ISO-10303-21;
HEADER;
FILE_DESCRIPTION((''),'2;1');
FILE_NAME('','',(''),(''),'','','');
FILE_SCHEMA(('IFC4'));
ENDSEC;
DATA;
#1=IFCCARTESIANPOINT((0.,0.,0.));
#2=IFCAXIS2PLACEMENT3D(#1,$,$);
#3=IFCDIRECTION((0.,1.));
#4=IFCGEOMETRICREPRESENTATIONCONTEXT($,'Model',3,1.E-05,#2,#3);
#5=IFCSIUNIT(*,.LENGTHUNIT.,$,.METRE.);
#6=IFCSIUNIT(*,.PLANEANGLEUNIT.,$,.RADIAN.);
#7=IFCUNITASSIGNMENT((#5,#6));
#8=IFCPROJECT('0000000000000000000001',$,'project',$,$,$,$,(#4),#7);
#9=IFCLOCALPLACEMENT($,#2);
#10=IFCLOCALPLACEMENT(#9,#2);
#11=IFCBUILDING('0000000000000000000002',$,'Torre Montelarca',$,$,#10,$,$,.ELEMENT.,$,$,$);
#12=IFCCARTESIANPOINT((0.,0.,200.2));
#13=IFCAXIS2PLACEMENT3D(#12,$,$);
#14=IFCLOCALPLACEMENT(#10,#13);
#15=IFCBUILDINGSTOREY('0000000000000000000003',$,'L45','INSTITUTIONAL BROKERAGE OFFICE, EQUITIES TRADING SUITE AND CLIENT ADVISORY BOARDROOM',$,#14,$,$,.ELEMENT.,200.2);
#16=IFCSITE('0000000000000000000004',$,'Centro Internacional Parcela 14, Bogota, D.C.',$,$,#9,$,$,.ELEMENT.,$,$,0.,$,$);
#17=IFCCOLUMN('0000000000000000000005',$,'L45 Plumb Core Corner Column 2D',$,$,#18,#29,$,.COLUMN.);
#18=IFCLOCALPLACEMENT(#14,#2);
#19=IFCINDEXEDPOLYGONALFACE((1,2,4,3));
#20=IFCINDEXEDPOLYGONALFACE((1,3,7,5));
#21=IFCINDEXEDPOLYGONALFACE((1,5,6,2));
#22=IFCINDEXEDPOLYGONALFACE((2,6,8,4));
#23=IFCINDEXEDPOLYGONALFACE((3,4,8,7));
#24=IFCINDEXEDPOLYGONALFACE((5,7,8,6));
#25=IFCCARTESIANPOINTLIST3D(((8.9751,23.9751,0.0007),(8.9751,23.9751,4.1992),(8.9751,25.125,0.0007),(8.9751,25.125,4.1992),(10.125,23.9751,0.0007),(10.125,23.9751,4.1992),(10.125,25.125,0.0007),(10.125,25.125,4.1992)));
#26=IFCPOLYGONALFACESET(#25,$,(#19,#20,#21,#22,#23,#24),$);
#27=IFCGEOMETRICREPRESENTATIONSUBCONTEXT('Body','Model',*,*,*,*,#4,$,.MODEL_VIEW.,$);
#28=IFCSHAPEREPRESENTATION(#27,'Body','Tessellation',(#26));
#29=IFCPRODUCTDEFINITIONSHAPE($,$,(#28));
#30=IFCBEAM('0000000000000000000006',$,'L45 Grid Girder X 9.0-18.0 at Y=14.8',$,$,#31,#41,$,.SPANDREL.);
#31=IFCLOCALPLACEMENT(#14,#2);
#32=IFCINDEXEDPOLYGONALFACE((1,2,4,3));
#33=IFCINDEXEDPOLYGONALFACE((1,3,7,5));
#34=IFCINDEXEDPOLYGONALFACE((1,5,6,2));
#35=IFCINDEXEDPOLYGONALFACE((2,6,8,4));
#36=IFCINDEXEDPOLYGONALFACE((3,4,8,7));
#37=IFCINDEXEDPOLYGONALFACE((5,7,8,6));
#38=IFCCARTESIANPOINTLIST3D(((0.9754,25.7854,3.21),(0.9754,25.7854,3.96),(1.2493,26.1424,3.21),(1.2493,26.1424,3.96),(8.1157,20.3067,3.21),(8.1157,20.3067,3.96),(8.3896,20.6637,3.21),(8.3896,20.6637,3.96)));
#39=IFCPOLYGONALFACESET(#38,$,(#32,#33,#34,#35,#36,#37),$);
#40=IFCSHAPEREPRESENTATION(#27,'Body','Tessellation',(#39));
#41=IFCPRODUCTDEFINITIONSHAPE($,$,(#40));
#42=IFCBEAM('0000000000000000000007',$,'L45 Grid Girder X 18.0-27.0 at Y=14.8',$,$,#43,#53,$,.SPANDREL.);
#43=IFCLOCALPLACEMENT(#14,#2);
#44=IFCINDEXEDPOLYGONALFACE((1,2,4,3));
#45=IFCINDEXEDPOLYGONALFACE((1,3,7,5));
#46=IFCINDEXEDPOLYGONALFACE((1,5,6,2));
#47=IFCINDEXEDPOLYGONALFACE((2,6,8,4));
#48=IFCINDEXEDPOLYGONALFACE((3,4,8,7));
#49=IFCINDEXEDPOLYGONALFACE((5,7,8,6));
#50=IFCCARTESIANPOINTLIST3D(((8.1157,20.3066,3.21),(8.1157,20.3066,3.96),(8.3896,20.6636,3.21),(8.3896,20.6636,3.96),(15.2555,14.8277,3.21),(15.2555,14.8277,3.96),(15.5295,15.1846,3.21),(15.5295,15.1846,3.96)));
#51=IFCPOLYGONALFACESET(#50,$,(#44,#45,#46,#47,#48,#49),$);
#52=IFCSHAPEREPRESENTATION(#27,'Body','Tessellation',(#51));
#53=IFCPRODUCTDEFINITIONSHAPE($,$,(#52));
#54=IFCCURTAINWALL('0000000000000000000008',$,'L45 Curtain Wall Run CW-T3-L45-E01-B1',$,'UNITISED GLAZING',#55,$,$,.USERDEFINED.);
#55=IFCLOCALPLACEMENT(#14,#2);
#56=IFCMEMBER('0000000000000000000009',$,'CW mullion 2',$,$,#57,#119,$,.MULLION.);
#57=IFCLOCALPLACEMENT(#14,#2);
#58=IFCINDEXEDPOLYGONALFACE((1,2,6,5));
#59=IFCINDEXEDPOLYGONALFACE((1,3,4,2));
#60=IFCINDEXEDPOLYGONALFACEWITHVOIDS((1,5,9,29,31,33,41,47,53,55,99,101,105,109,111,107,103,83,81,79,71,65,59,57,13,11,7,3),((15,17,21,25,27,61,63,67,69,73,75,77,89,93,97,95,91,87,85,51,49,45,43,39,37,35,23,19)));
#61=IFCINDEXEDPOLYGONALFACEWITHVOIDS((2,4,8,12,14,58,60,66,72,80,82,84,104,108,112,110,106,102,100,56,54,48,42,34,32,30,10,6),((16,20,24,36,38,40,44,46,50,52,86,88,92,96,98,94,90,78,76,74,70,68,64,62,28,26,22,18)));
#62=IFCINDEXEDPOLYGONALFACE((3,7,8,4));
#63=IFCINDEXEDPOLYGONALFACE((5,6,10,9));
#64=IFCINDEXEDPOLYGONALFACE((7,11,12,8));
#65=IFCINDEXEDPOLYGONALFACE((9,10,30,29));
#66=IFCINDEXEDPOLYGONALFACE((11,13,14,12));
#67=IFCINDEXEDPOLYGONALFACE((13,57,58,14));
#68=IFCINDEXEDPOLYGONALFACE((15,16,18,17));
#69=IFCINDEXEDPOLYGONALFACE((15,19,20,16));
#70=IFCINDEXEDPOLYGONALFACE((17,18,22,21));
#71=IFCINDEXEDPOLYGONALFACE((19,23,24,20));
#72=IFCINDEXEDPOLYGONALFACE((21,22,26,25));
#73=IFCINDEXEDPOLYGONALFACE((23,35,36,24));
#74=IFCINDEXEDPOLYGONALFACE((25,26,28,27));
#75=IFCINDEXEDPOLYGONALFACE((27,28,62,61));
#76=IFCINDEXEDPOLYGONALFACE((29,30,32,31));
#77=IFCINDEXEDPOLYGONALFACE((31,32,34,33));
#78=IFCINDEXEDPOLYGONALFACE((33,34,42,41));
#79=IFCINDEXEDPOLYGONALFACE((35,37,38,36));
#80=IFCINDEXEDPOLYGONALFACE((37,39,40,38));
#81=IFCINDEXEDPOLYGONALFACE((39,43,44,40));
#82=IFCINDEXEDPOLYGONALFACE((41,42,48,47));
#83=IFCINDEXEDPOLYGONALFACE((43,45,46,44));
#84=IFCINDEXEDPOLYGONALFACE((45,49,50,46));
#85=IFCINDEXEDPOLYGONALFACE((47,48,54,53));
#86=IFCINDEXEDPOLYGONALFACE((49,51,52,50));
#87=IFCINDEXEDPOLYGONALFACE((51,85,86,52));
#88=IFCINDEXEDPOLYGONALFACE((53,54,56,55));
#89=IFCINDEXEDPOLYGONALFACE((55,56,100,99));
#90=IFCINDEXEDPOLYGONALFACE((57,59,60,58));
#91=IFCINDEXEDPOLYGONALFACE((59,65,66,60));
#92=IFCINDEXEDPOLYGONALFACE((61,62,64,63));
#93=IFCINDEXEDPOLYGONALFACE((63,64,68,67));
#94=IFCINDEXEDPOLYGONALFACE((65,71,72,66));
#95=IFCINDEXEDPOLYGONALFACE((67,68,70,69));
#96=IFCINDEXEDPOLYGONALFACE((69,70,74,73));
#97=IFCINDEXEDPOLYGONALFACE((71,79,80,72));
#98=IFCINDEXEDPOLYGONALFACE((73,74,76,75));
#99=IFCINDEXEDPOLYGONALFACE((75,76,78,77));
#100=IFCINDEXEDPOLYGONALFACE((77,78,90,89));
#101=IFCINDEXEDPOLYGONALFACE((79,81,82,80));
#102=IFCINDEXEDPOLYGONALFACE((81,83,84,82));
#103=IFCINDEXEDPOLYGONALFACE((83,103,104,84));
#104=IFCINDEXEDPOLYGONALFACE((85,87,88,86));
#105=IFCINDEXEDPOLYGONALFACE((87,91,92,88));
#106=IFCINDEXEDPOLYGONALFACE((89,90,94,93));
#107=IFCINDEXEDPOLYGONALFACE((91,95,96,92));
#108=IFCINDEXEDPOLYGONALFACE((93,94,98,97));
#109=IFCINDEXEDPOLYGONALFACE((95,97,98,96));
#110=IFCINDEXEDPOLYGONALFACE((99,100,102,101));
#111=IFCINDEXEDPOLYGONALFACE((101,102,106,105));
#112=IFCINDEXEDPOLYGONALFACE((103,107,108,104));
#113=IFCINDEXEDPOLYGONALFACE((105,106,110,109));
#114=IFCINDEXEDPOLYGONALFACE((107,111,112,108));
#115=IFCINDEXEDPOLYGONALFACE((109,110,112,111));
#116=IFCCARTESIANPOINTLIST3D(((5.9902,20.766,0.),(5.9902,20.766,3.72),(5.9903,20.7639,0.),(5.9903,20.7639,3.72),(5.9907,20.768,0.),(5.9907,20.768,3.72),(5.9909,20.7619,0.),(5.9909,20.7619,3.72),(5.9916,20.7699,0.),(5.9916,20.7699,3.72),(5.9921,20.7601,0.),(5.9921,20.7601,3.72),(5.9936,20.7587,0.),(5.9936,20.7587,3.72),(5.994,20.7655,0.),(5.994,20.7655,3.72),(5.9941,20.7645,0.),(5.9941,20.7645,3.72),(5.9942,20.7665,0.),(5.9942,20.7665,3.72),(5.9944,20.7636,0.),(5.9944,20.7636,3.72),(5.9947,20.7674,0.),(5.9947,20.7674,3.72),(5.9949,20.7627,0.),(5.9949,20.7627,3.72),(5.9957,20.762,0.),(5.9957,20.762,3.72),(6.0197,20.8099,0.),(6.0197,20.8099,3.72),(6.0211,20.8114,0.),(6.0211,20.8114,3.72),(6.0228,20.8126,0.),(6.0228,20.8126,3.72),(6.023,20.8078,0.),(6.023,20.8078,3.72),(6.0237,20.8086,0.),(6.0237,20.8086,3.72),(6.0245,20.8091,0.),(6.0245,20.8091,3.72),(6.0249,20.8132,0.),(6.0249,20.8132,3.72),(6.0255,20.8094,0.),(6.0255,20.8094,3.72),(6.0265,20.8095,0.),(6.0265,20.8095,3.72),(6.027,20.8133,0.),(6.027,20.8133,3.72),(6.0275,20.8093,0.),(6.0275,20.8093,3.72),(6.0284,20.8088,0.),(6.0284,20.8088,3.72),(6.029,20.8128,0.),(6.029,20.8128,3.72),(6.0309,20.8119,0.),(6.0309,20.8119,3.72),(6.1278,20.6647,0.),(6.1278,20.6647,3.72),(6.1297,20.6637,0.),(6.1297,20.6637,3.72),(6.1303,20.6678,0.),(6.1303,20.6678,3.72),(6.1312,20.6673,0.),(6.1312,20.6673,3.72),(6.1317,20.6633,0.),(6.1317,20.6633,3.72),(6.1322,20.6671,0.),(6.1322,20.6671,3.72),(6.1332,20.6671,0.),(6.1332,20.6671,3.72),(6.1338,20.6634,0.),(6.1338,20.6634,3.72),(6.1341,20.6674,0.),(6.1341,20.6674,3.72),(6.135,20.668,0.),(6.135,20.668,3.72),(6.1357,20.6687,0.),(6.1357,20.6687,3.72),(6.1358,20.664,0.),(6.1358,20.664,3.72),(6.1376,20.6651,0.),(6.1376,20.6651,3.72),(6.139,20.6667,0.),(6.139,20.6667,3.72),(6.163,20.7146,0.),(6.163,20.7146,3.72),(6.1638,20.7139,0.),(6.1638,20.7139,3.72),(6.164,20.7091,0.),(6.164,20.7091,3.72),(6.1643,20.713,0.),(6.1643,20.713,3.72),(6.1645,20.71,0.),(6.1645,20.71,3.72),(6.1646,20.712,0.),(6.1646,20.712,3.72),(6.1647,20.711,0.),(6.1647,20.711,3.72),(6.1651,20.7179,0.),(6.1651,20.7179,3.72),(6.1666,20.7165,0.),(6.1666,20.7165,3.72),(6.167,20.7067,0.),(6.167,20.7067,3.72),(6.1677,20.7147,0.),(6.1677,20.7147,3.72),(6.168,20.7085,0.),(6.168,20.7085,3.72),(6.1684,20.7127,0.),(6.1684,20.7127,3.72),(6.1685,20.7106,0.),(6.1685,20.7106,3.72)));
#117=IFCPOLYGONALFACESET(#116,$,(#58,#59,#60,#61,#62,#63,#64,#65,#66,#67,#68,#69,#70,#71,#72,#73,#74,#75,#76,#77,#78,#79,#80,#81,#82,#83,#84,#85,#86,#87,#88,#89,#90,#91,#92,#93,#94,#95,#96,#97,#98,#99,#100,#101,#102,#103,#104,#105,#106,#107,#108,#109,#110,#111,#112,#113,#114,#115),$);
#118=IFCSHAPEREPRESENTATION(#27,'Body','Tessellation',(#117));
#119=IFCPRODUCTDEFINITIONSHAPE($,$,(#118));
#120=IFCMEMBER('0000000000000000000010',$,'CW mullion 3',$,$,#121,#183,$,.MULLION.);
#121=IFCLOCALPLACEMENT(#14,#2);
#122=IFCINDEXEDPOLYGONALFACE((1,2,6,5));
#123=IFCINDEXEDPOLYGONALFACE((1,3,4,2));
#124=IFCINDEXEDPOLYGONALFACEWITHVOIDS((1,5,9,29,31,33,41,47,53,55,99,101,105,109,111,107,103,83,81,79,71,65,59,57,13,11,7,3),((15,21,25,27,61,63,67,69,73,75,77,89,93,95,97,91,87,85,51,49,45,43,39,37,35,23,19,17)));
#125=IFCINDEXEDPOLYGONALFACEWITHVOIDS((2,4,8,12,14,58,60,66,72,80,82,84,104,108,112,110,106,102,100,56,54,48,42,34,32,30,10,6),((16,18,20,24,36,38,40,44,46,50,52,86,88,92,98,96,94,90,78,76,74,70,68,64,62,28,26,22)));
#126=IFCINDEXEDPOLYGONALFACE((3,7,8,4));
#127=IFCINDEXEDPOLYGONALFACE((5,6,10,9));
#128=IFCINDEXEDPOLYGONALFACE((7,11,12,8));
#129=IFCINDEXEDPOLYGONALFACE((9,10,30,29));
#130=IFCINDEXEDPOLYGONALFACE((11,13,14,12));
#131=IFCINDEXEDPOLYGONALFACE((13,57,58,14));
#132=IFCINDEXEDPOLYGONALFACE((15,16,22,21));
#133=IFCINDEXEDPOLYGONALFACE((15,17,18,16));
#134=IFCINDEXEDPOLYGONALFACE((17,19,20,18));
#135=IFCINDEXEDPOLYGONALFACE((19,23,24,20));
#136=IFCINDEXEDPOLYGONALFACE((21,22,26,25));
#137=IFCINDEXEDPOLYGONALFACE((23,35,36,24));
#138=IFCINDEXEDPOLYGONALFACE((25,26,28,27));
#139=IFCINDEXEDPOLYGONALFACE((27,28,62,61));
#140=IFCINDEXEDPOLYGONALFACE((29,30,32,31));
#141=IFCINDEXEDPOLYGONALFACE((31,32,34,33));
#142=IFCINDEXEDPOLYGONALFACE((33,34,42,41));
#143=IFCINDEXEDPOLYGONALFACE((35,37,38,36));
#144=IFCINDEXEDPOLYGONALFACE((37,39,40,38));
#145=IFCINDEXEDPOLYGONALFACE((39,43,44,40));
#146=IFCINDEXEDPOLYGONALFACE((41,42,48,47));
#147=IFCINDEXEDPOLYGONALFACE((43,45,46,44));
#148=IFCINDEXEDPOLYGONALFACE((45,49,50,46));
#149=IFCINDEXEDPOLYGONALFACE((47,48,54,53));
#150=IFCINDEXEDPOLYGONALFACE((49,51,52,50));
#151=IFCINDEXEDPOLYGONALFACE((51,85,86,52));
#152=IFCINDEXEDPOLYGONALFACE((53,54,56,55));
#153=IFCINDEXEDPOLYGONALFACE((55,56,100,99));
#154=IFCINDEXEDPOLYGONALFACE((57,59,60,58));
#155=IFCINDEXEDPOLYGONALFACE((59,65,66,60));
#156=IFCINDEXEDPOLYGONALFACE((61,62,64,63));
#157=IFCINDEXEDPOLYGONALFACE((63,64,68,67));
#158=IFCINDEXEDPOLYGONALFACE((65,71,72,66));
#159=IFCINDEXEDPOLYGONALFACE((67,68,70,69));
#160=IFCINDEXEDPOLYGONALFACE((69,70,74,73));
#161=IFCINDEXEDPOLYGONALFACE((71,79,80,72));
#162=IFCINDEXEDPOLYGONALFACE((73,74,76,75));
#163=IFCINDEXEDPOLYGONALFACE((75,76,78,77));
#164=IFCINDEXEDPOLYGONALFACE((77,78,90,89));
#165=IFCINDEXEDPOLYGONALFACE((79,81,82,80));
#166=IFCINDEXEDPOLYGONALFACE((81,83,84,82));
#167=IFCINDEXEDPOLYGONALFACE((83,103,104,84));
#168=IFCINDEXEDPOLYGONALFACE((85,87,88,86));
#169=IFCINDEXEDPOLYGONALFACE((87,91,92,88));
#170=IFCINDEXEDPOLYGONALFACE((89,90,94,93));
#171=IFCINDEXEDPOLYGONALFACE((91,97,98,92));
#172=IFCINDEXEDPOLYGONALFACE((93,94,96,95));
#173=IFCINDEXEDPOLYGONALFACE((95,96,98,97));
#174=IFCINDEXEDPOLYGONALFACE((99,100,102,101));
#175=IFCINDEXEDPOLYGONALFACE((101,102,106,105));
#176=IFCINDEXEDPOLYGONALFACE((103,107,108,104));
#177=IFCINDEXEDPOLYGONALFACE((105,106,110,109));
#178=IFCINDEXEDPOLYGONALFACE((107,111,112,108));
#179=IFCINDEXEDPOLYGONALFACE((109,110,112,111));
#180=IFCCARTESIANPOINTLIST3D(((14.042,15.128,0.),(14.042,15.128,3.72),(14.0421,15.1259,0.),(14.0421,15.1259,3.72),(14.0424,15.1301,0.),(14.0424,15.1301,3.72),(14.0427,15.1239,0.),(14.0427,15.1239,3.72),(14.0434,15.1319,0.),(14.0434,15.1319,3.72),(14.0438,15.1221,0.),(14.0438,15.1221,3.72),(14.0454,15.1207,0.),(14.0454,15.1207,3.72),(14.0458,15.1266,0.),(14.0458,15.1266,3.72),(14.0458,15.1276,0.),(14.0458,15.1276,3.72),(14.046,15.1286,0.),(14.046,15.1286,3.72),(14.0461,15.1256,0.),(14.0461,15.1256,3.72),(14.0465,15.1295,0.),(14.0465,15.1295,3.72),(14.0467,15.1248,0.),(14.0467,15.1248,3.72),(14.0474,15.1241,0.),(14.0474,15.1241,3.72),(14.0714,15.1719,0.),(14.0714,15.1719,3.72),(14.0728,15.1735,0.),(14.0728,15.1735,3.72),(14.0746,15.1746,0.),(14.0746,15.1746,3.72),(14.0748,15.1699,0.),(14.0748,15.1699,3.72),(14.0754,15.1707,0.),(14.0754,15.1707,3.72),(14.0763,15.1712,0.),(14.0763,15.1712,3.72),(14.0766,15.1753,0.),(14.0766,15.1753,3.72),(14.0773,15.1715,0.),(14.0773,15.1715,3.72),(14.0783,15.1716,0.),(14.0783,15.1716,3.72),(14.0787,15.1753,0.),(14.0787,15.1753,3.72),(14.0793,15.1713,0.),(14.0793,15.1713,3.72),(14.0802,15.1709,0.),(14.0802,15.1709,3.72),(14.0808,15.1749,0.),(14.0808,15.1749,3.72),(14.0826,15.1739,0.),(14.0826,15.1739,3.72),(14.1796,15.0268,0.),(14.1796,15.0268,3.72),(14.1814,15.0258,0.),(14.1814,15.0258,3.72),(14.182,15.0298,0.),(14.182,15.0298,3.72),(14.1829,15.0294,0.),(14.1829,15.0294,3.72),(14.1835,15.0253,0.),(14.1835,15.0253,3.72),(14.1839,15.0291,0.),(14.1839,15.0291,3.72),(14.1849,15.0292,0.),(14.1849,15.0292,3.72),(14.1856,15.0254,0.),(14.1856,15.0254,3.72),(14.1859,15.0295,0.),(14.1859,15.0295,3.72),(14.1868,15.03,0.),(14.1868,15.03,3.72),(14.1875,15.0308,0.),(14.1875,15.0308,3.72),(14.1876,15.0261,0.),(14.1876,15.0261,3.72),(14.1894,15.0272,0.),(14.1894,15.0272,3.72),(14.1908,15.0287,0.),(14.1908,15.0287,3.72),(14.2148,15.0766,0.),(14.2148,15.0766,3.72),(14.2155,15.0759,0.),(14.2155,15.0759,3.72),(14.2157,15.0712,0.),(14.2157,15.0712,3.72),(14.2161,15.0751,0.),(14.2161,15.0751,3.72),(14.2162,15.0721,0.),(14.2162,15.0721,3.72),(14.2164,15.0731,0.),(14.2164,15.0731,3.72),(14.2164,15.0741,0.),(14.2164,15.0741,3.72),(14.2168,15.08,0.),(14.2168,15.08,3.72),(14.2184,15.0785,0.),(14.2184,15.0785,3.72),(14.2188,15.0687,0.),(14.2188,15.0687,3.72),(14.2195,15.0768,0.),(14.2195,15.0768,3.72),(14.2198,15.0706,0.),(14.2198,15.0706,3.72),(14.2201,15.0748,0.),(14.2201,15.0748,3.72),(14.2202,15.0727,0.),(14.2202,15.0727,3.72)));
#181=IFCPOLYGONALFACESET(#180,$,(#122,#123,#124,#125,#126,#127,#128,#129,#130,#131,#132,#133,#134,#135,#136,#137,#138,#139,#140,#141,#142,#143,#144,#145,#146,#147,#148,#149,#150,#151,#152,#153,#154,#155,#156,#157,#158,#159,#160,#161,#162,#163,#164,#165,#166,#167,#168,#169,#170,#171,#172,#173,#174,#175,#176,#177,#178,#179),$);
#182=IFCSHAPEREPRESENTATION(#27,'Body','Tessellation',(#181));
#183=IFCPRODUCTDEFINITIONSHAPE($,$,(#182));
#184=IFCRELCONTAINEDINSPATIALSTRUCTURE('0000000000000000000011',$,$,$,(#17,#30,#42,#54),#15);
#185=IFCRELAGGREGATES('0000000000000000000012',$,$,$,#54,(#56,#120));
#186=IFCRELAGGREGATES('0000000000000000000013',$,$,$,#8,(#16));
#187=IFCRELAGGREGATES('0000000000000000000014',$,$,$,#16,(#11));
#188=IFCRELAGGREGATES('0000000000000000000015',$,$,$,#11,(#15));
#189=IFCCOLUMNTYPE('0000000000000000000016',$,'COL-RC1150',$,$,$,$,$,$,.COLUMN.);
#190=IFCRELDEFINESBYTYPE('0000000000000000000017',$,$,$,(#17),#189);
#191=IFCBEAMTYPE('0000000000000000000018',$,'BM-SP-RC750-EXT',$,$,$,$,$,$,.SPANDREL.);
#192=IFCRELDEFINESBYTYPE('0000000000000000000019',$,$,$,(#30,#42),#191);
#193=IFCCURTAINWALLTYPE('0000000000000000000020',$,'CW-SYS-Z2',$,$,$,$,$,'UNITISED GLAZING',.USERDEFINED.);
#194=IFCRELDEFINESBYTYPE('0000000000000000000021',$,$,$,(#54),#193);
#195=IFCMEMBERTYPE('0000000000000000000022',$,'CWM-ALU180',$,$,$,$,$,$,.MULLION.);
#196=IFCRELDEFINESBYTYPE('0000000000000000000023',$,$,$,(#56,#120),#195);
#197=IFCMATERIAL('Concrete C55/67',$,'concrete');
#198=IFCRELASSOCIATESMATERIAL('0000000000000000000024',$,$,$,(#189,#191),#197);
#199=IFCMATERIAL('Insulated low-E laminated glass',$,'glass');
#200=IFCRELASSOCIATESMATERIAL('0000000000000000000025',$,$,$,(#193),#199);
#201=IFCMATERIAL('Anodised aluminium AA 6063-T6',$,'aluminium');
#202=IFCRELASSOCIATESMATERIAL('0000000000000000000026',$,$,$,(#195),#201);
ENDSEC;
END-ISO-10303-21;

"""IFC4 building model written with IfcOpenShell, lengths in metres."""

from ifc_helpers import new_model, si_unit, direction, frame, origin, origin_2d, place, context, subcontext, project, spatial, rectangle, hollow_rectangle, extrude, source, transform, mapped, material, material_profile, profile_set, type_object, element, aggregate, save


model = new_model("IFC4")

# Units and contexts
model_context = context("Model", 3, precision=1e-05, world=origin(), true_north=direction((0.0, 1.0)))
body_context = subcontext(model_context, "Body", "Model", "MODEL_VIEW")
ifc_project = project(units=[si_unit("LENGTHUNIT", "METRE"), si_unit("PLANEANGLEUNIT", "RADIAN")], contexts=[model_context])

# Site, building, storey
site_placement = place(None, origin())
site = spatial("IfcSite", under=ifc_project, at=site_placement, Name="Centro Internacional Parcela 14, Bogota, D.C.", CompositionType="ELEMENT", RefElevation=0.0)
building_placement = place(site_placement, origin())
building = spatial("IfcBuilding", under=site, at=building_placement, Name="Torre Montelarca", CompositionType="ELEMENT")
storey_placement = place(building_placement, frame((0.0, 0.0, 200.2)))
storey = spatial("IfcBuildingStorey", under=building, at=storey_placement, Name="L45", Description="INSTITUTIONAL BROKERAGE OFFICE, EQUITIES TRADING SUITE AND CLIENT ADVISORY BOARDROOM", CompositionType="ELEMENT", Elevation=200.2)

# Column
ifc_material_1 = material(Name="Concrete C55/67", Category="concrete")
ifc_material_profile_1 = material_profile(ifc_material_1, rectangle(XDim=1.1499, YDim=1.1499, at=origin_2d()), Name="RC1150X1150", Category="concrete")
ifc_profile_set_1 = profile_set([ifc_material_profile_1], Name="Concrete C55/67")
column_type_1 = type_object("IfcColumnType", Name="COL-RC1150", PredefinedType="COLUMN", material=ifc_profile_set_1)
shared_shape_1 = source(origin(), body_context, "Body", "SweptSolid", [
    extrude(rectangle(XDim=1.1499, YDim=1.1499, at=origin_2d()), origin(), (0.0, 0.0, 1.0), 4.1985),
])
column_1_placement = place(storey_placement, frame((9.55, 24.55, 0.0007), z_axis=(0.0, 0.0, 1.0), x_axis=(1.0, 0.0, 0.0)))
element("IfcColumn", 1, at=column_1_placement, inside=storey, type_object=column_type_1, Name="L45 Plumb Core Corner Column 2D", PredefinedType="COLUMN", context=body_context, shape_type="MappedRepresentation", body=[
    mapped(shared_shape_1, transform((0.0, 0.0, 0.0), scale=1.0)),
])

# Beams
ifc_material_profile_2 = material_profile(ifc_material_1, rectangle(XDim=0.45, YDim=0.75, at=origin_2d()), Name="RCB450X750", Category="concrete")
ifc_profile_set_2 = profile_set([ifc_material_profile_2], Name="Concrete C55/67")
beam_type = type_object("IfcBeamType", Name="BM-SP-RC750-EXT", PredefinedType="SPANDREL", material=ifc_profile_set_2)
shared_shape_2 = source(origin(), body_context, "Body", "SweptSolid", [
    extrude(rectangle(XDim=0.45, YDim=0.75, at=origin_2d()), origin(), (0.0, 0.0, 1.0), 9.0),
])
beam_1_placement = place(storey_placement, frame((1.1123, 25.9639, 3.585), z_axis=(0.793367, -0.608744, 0.0), x_axis=(0.608744, 0.793367, 0.0)))
element("IfcBeam", 2, at=beam_1_placement, inside=storey, type_object=beam_type, Name="L45 Grid Girder X 9.0-18.0 at Y=14.8", PredefinedType="SPANDREL", context=body_context, shape_type="MappedRepresentation", body=[
    mapped(shared_shape_2, transform((0.0, 0.0, 0.0), scale=1.0)),
])
shared_shape_3 = source(origin(), body_context, "Body", "SweptSolid", [
    extrude(rectangle(XDim=0.45, YDim=0.75, at=origin_2d()), origin(), (0.0, 0.0, 1.0), 8.9998),
])
beam_2_placement = place(storey_placement, frame((8.2527, 20.4851, 3.585), z_axis=(0.793333, -0.608787, 0.0), x_axis=(0.608787, 0.793333, 0.0)))
element("IfcBeam", 3, at=beam_2_placement, inside=storey, type_object=beam_type, Name="L45 Grid Girder X 18.0-27.0 at Y=14.8", PredefinedType="SPANDREL", context=body_context, shape_type="MappedRepresentation", body=[
    mapped(shared_shape_3, transform((0.0, 0.0, 0.0), scale=1.0)),
])

# Curtain wall, members
ifc_material_2 = material(Name="Insulated low-E laminated glass", Category="glass")
curtain_wall_type = type_object("IfcCurtainWallType", Name="CW-SYS-Z2", ElementType="UNITISED GLAZING", PredefinedType="USERDEFINED", material=ifc_material_2)
curtain_wall_1_placement = place(storey_placement, origin())
curtain_wall_1 = element("IfcCurtainWall", 4, at=curtain_wall_1_placement, inside=storey, type_object=curtain_wall_type, Name="L45 Curtain Wall Run CW-T3-L45-E01-B1", ObjectType="UNITISED GLAZING", PredefinedType="USERDEFINED")
ifc_material_3 = material(Name="Anodised aluminium AA 6063-T6", Category="aluminium")
ifc_material_profile_3 = material_profile(ifc_material_3, hollow_rectangle(XDim=0.0649, YDim=0.1799, WallThickness=0.0039, InnerFilletRadius=0.0039, OuterFilletRadius=0.0081, at=origin_2d()), Name="ALU65X180X4", Category="aluminium")
ifc_profile_set_3 = profile_set([ifc_material_profile_3], Name="Anodised aluminium AA 6063-T6")
member_type_1 = type_object("IfcMemberType", Name="CWM-ALU180", PredefinedType="MULLION", material=ifc_profile_set_3)
shared_shape_4 = source(origin(), body_context, "Body", "SweptSolid", [
    extrude(hollow_rectangle(XDim=0.0649, YDim=0.1799, WallThickness=0.0039, InnerFilletRadius=0.0039, OuterFilletRadius=0.0081, at=origin_2d()), origin(), (0.0, 0.0, 1.0), 3.72),
])
member_1_placement = place(storey_placement, frame((6.0793, 20.7383, 0.0), z_axis=(0.0, 0.0, 1.0), x_axis=(0.573573, 0.819155, 0.0)))
member_1 = element("IfcMember", 5, at=member_1_placement, type_object=member_type_1, Name="CW mullion 2", PredefinedType="MULLION", context=body_context, shape_type="MappedRepresentation", body=[
    mapped(shared_shape_4, transform((0.0, 0.0, 0.0), scale=1.0)),
])
member_2_placement = place(storey_placement, frame((14.1311, 15.1003, 0.0), z_axis=(0.0, 0.0, 1.0), x_axis=(0.573573, 0.819155, 0.0)))
member_2 = element("IfcMember", 6, at=member_2_placement, type_object=member_type_1, Name="CW mullion 3", PredefinedType="MULLION", context=body_context, shape_type="MappedRepresentation", body=[
    mapped(shared_shape_4, transform((0.0, 0.0, 0.0), scale=1.0)),
])

aggregate(curtain_wall_1, [member_1, member_2])

save(model, "model.ifc")
